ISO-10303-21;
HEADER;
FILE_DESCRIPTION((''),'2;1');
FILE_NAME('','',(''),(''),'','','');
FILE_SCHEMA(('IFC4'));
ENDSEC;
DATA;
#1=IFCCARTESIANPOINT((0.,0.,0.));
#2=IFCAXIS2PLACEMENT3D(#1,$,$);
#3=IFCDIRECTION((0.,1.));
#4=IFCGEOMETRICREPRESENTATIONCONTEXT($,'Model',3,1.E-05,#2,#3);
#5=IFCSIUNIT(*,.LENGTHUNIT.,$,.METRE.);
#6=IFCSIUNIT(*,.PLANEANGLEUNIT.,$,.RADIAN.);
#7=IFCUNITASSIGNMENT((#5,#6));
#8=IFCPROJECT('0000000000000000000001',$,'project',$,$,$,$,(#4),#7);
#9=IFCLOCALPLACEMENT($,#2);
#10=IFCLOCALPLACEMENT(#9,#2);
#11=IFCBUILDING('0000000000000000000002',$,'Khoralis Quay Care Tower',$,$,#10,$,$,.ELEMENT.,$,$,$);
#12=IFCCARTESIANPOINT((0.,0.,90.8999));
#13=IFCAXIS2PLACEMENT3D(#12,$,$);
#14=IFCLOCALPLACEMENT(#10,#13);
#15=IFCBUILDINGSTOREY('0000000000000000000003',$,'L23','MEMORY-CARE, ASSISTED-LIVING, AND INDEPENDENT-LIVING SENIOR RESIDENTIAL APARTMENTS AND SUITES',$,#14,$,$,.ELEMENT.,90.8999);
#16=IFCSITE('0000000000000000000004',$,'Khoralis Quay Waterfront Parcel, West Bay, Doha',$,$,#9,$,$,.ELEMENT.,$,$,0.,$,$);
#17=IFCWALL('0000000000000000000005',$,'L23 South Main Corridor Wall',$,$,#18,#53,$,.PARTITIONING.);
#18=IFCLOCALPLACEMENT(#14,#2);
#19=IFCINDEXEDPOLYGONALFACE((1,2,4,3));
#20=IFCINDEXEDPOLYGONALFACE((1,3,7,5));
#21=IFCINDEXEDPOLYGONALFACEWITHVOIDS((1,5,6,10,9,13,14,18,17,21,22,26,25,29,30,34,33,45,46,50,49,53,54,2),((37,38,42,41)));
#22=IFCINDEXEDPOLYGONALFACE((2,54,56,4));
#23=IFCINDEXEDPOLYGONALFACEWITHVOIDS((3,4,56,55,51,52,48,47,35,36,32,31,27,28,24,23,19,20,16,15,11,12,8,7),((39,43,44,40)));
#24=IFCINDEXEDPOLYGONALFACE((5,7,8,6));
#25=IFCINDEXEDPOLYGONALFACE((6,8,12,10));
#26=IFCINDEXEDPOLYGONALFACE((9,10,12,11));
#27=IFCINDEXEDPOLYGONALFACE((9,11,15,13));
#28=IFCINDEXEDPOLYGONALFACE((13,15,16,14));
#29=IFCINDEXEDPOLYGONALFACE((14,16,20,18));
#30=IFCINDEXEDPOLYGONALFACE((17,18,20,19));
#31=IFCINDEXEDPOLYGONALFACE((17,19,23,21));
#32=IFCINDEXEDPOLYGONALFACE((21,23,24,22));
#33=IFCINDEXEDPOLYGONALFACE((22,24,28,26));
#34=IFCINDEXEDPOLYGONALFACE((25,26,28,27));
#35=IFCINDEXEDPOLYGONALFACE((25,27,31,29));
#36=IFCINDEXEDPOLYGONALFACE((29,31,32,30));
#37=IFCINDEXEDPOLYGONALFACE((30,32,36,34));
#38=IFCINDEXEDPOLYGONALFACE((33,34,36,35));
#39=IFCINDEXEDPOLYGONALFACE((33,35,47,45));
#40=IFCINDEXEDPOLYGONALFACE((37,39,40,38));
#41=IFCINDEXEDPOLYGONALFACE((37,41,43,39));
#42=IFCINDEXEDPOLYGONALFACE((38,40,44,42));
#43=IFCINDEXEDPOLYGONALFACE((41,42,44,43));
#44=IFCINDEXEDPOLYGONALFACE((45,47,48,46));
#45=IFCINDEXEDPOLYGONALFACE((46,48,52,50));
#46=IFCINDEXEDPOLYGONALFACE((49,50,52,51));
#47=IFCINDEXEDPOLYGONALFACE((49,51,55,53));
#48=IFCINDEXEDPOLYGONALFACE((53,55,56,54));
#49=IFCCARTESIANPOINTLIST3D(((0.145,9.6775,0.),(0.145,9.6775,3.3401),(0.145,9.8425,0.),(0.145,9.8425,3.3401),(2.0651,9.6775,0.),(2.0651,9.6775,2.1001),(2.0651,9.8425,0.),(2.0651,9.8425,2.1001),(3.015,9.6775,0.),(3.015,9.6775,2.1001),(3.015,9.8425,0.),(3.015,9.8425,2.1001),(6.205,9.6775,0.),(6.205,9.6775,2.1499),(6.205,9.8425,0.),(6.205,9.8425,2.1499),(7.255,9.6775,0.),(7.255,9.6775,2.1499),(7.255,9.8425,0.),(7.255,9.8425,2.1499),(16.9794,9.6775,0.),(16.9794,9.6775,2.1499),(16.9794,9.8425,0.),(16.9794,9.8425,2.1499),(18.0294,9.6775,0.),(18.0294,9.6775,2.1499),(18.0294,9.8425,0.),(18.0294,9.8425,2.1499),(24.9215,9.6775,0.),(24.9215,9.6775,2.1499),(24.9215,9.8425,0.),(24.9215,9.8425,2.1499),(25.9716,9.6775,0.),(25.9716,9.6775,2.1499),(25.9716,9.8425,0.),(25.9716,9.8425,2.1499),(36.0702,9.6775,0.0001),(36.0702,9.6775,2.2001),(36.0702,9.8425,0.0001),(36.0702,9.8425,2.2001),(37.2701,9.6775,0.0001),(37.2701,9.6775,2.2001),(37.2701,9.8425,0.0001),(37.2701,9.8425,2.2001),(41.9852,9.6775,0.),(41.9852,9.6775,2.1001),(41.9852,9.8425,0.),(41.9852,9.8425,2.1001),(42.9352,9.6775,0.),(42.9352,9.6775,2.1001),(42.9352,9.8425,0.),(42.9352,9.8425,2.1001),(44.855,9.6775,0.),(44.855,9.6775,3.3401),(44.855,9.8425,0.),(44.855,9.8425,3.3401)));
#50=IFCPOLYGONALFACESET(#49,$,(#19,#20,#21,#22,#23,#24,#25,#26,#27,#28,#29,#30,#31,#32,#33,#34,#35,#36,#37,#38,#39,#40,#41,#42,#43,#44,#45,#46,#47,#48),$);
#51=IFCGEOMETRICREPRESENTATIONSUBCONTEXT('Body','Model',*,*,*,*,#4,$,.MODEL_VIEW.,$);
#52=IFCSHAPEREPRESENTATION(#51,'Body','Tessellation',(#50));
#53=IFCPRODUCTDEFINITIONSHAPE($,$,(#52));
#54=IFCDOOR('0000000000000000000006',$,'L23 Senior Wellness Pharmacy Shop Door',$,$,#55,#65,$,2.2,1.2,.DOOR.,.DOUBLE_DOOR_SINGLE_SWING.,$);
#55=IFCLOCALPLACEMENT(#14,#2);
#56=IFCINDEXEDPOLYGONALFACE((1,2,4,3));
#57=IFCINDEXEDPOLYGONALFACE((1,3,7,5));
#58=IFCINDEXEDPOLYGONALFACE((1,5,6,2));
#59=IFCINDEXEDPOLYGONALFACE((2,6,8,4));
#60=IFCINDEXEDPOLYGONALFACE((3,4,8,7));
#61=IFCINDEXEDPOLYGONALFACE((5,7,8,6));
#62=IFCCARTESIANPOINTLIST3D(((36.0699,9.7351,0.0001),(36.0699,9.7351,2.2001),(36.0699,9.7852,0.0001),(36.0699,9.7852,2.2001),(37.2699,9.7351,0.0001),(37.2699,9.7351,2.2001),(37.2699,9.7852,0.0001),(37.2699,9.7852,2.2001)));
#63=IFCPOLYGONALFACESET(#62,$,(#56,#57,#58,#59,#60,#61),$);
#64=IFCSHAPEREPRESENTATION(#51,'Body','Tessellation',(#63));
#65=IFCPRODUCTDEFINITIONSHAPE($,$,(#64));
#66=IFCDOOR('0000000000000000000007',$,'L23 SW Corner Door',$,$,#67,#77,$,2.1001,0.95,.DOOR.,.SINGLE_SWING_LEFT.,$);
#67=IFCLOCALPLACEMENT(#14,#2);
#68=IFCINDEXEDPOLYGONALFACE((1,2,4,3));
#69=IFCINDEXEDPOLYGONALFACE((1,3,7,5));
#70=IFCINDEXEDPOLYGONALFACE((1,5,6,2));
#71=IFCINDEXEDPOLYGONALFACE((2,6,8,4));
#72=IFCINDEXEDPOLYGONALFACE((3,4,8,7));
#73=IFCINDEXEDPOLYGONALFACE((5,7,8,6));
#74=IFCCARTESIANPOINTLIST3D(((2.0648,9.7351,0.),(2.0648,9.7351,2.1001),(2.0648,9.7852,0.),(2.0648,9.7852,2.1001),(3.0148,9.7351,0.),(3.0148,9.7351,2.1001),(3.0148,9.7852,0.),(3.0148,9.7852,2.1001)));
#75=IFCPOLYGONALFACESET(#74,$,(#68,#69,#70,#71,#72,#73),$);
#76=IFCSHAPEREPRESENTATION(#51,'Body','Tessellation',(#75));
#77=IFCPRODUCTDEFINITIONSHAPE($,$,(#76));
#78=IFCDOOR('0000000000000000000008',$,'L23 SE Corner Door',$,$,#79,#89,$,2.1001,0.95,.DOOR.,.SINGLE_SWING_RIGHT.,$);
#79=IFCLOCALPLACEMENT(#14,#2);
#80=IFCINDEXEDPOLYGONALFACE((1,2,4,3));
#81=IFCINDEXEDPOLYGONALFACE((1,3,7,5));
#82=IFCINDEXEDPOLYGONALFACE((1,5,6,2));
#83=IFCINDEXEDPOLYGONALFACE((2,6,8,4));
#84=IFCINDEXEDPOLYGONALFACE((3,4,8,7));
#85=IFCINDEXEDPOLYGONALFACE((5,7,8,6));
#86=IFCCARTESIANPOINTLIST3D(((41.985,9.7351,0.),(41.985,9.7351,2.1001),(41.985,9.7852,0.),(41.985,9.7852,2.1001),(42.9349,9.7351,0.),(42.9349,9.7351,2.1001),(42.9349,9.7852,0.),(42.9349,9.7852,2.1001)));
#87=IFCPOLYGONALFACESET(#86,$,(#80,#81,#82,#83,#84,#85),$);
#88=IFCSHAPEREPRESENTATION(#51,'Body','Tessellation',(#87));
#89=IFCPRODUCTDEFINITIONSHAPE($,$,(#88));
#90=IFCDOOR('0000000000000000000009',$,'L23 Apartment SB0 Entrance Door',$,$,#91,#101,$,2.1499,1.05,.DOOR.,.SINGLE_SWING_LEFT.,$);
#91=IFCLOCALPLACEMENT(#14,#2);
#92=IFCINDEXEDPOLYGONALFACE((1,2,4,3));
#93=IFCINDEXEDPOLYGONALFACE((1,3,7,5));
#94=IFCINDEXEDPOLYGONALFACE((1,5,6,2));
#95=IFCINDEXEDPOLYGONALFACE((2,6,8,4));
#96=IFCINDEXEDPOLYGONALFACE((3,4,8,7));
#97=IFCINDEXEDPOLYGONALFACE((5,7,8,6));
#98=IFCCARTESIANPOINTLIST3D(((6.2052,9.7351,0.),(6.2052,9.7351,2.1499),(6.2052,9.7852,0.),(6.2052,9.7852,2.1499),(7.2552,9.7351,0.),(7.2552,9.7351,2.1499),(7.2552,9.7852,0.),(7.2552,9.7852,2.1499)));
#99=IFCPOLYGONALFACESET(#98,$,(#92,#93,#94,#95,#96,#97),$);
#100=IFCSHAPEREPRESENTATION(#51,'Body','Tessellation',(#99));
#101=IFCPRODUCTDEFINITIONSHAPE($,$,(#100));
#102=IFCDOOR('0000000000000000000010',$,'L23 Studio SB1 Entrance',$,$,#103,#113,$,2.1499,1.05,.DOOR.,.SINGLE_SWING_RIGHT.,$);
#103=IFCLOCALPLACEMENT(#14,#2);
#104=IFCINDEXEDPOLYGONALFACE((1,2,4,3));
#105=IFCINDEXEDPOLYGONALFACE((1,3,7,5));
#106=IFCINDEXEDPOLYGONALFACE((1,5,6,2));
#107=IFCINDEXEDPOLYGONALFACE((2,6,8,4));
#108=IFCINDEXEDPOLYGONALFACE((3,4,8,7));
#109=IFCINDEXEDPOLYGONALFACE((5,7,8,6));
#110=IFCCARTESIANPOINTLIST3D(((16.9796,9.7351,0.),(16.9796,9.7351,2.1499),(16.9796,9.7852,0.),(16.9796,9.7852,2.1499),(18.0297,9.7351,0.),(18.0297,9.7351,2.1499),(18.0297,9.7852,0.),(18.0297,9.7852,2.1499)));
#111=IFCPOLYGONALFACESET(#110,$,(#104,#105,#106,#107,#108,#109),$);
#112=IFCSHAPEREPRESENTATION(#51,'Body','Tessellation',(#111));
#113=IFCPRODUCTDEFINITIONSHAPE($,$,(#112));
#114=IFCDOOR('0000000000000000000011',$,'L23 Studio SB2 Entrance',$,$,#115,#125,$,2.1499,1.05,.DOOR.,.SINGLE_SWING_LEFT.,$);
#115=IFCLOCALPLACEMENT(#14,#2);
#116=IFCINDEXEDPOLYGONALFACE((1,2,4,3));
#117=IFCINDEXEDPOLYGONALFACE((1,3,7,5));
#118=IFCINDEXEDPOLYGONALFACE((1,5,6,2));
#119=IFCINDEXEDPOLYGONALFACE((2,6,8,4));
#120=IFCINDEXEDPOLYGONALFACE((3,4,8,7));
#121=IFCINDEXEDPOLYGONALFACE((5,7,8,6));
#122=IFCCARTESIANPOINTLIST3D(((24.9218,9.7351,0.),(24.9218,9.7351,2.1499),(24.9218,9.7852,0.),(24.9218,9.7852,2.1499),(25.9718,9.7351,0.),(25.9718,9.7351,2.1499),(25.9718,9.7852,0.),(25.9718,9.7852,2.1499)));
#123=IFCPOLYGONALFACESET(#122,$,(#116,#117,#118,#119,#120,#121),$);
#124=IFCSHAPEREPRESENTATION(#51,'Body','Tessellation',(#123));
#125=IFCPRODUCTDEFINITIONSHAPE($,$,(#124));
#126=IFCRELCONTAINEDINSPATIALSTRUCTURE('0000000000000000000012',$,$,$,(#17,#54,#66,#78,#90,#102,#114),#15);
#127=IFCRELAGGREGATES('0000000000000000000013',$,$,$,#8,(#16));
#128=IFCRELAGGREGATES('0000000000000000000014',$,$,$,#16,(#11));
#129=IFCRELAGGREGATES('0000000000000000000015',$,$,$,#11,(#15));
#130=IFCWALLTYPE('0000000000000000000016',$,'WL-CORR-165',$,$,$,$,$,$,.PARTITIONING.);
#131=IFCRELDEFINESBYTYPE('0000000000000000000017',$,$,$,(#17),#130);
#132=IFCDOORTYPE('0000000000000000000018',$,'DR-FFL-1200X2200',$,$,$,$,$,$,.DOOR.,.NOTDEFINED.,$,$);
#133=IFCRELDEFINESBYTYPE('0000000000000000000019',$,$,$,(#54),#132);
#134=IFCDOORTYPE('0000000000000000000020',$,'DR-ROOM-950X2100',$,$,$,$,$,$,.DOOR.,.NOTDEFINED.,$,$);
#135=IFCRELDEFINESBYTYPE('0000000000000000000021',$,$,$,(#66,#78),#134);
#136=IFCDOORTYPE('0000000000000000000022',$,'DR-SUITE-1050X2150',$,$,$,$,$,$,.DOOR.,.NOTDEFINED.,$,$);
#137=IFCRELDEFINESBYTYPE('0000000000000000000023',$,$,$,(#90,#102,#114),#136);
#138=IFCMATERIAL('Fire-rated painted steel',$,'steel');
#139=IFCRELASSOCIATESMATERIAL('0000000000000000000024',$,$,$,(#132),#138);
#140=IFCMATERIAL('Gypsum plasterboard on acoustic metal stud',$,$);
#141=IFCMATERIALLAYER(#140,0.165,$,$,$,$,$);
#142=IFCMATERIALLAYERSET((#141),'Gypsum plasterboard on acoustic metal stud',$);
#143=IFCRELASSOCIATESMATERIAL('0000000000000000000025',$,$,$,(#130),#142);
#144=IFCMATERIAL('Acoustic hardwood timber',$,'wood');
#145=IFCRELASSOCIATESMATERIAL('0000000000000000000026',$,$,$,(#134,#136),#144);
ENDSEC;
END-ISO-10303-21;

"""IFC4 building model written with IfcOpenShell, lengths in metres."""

from ifc_helpers import new_model, si_unit, direction, frame, frame_2d, origin, place, context, subcontext, project, spatial, rectangle, extrude, source, transform, mapped, material, layer, layer_set, type_object, element, fill, save


model = new_model("IFC4")

# Units and contexts
model_context = context("Model", 3, precision=1e-05, world=origin(), true_north=direction((0.0, 1.0)))
body_context = subcontext(model_context, "Body", "Model", "MODEL_VIEW")
ifc_project = project(units=[si_unit("LENGTHUNIT", "METRE"), si_unit("PLANEANGLEUNIT", "RADIAN")], contexts=[model_context])

# Site, building, storey
site_placement = place(None, origin())
site = spatial("IfcSite", under=ifc_project, at=site_placement, Name="Khoralis Quay Waterfront Parcel, West Bay, Doha", CompositionType="ELEMENT", RefElevation=0.0)
building_placement = place(site_placement, origin())
building = spatial("IfcBuilding", under=site, at=building_placement, Name="Khoralis Quay Care Tower", CompositionType="ELEMENT")
storey_placement = place(building_placement, frame((0.0, 0.0, 90.8999)))
storey = spatial("IfcBuildingStorey", under=building, at=storey_placement, Name="L23", Description="MEMORY-CARE, ASSISTED-LIVING, AND INDEPENDENT-LIVING SENIOR RESIDENTIAL APARTMENTS AND SUITES", CompositionType="ELEMENT", Elevation=90.8999)

# Shared definitions
ifc_material_1 = material(Name="Gypsum plasterboard on acoustic metal stud")
ifc_material_2 = material(Name="Fire-rated painted steel", Category="steel")
door_type_1 = type_object("IfcDoorType", Name="DR-FFL-1200X2200", OperationType="NOTDEFINED", PredefinedType="DOOR", material=ifc_material_2)
shared_shape_1 = source(origin(), body_context, "Body", "SweptSolid", [
    extrude(rectangle(XDim=1.2, YDim=2.2, at=frame_2d((0.6001, 1.1001))), frame((0.0, 0.0249, 0.0), z_axis=(0.0, -1.0, 0.0), x_axis=(1.0, 0.0, 0.0)), (0.0, 0.0, 1.0), 0.05),
])

# Wall, openings, doors
ifc_layer_1 = layer(ifc_material_1, 0.165)
ifc_layer_set_1 = layer_set([ifc_layer_1], Name="Gypsum plasterboard on acoustic metal stud")
wall_type_1 = type_object("IfcWallType", Name="WL-CORR-165", PredefinedType="PARTITIONING", material=ifc_layer_set_1)
ifc_material_3 = material(Name="Acoustic hardwood timber", Category="wood")
door_type_2 = type_object("IfcDoorType", Name="DR-ROOM-950X2100", OperationType="NOTDEFINED", PredefinedType="DOOR", material=ifc_material_3)
shared_shape_2 = source(origin(), body_context, "Body", "SweptSolid", [
    extrude(rectangle(XDim=0.95, YDim=2.1001, at=frame_2d((0.4751, 1.05))), frame((0.0, 0.0249, 0.0), z_axis=(0.0, -1.0, 0.0), x_axis=(1.0, 0.0, 0.0)), (0.0, 0.0, 1.0), 0.05),
])
wall_1_placement = place(storey_placement, frame((0.145, 9.76, 0.0), z_axis=(0.0, 0.0, 1.0), x_axis=(1.0, 0.0, 0.0)))
wall_1 = element("IfcWall", 1, at=wall_1_placement, inside=storey, type_object=wall_type_1, Name="L23 South Main Corridor Wall", PredefinedType="PARTITIONING", context=body_context, shape_type="SweptSolid", body=[
    extrude(rectangle(XDim=44.71, YDim=0.165, at=frame_2d((22.355, 0.0))), origin(), (0.0, 0.0, 1.0), 3.3401),
])
opening_1_placement = place(wall_1_placement, frame((6.0601, 0.0, 0.0)))
opening_1 = element("IfcOpeningElement", 2, at=opening_1_placement, cuts=wall_1, PredefinedType="OPENING", context=body_context, shape_type="SweptSolid", body=[
    extrude(rectangle(XDim=1.05, YDim=2.1499, at=frame_2d((0.5249, 1.075))), frame((0.0, 0.0925, 0.0), z_axis=(0.0, -1.0, 0.0), x_axis=(1.0, 0.0, 0.0)), (0.0, 0.0, 1.0), 0.1851),
])
opening_2_placement = place(wall_1_placement, frame((16.8345, 0.0, 0.0)))
opening_2 = element("IfcOpeningElement", 3, at=opening_2_placement, cuts=wall_1, PredefinedType="OPENING", context=body_context, shape_type="SweptSolid", body=[
    extrude(rectangle(XDim=1.05, YDim=2.1499, at=frame_2d((0.5249, 1.075))), frame((0.0, 0.0925, 0.0), z_axis=(0.0, -1.0, 0.0), x_axis=(1.0, 0.0, 0.0)), (0.0, 0.0, 1.0), 0.1851),
])
opening_3_placement = place(wall_1_placement, frame((24.7766, 0.0, 0.0)))
opening_3 = element("IfcOpeningElement", 4, at=opening_3_placement, cuts=wall_1, PredefinedType="OPENING", context=body_context, shape_type="SweptSolid", body=[
    extrude(rectangle(XDim=1.05, YDim=2.1499, at=frame_2d((0.5249, 1.075))), frame((0.0, 0.0925, 0.0), z_axis=(0.0, -1.0, 0.0), x_axis=(1.0, 0.0, 0.0)), (0.0, 0.0, 1.0), 0.1851),
])
opening_4_placement = place(wall_1_placement, frame((35.925, 0.0, 0.0)))
opening_4 = element("IfcOpeningElement", 5, at=opening_4_placement, cuts=wall_1, PredefinedType="OPENING", context=body_context, shape_type="SweptSolid", body=[
    extrude(rectangle(XDim=1.2, YDim=2.2, at=frame_2d((0.6001, 1.1001))), frame((0.0, 0.0925, 0.0), z_axis=(0.0, -1.0, 0.0), x_axis=(1.0, 0.0, 0.0)), (0.0, 0.0, 1.0), 0.1851),
])
opening_5_placement = place(wall_1_placement, frame((1.9199, 0.0, 0.0)))
opening_5 = element("IfcOpeningElement", 6, at=opening_5_placement, cuts=wall_1, PredefinedType="OPENING", context=body_context, shape_type="SweptSolid", body=[
    extrude(rectangle(XDim=0.95, YDim=2.1001, at=frame_2d((0.4751, 1.05))), frame((0.0, 0.0925, 0.0), z_axis=(0.0, -1.0, 0.0), x_axis=(1.0, 0.0, 0.0)), (0.0, 0.0, 1.0), 0.1851),
])
opening_6_placement = place(wall_1_placement, frame((41.8401, 0.0, 0.0)))
opening_6 = element("IfcOpeningElement", 7, at=opening_6_placement, cuts=wall_1, PredefinedType="OPENING", context=body_context, shape_type="SweptSolid", body=[
    extrude(rectangle(XDim=0.95, YDim=2.1001, at=frame_2d((0.4751, 1.05))), frame((0.0, 0.0925, 0.0), z_axis=(0.0, -1.0, 0.0), x_axis=(1.0, 0.0, 0.0)), (0.0, 0.0, 1.0), 0.1851),
])
door_1_placement = place(opening_4_placement, frame((1.2, 0.0, 0.0), z_axis=(0.0, 0.0, 1.0), x_axis=(-1.0, 0.0, 0.0)))
door_1 = element("IfcDoor", 8, at=door_1_placement, inside=storey, type_object=door_type_1, Name="L23 Senior Wellness Pharmacy Shop Door", OperationType="DOUBLE_DOOR_SINGLE_SWING", OverallHeight=2.2, OverallWidth=1.2, PredefinedType="DOOR", context=body_context, shape_type="MappedRepresentation", body=[
    mapped(shared_shape_1, transform((0.0, 0.0, 0.0), scale=1.0)),
])
fill(opening_4, door_1)
door_2_placement = place(opening_5_placement, frame((0.95, 0.0, 0.0), z_axis=(0.0, 0.0, 1.0), x_axis=(-1.0, 0.0, 0.0)))
door_2 = element("IfcDoor", 9, at=door_2_placement, inside=storey, type_object=door_type_2, Name="L23 SW Corner Door", OperationType="SINGLE_SWING_LEFT", OverallHeight=2.1001, OverallWidth=0.95, PredefinedType="DOOR", context=body_context, shape_type="MappedRepresentation", body=[
    mapped(shared_shape_2, transform((0.0, 0.0, 0.0), scale=1.0)),
])
fill(opening_5, door_2)
door_3_placement = place(opening_6_placement, frame((0.95, 0.0, 0.0), z_axis=(0.0, 0.0, 1.0), x_axis=(-1.0, 0.0, 0.0)))
door_3 = element("IfcDoor", 10, at=door_3_placement, inside=storey, type_object=door_type_2, Name="L23 SE Corner Door", OperationType="SINGLE_SWING_RIGHT", OverallHeight=2.1001, OverallWidth=0.95, PredefinedType="DOOR", context=body_context, shape_type="MappedRepresentation", body=[
    mapped(shared_shape_2, transform((0.0, 0.0, 0.0), scale=1.0)),
])
fill(opening_6, door_3)
door_type_3 = type_object("IfcDoorType", Name="DR-SUITE-1050X2150", OperationType="NOTDEFINED", PredefinedType="DOOR", material=ifc_material_3)
shared_shape_3 = source(origin(), body_context, "Body", "SweptSolid", [
    extrude(rectangle(XDim=1.05, YDim=2.1499, at=frame_2d((0.5249, 1.075))), frame((0.0, 0.0249, 0.0), z_axis=(0.0, -1.0, 0.0), x_axis=(1.0, 0.0, 0.0)), (0.0, 0.0, 1.0), 0.05),
])
door_4_placement = place(opening_1_placement, frame((1.05, 0.0, 0.0), z_axis=(0.0, 0.0, 1.0), x_axis=(-1.0, 0.0, 0.0)))
door_4 = element("IfcDoor", 11, at=door_4_placement, inside=storey, type_object=door_type_3, Name="L23 Apartment SB0 Entrance Door", OperationType="SINGLE_SWING_LEFT", OverallHeight=2.1499, OverallWidth=1.05, PredefinedType="DOOR", context=body_context, shape_type="MappedRepresentation", body=[
    mapped(shared_shape_3, transform((0.0, 0.0, 0.0), scale=1.0)),
])
fill(opening_1, door_4)
door_5_placement = place(opening_2_placement, frame((1.05, 0.0, 0.0), z_axis=(0.0, 0.0, 1.0), x_axis=(-1.0, 0.0, 0.0)))
door_5 = element("IfcDoor", 12, at=door_5_placement, inside=storey, type_object=door_type_3, Name="L23 Studio SB1 Entrance", OperationType="SINGLE_SWING_RIGHT", OverallHeight=2.1499, OverallWidth=1.05, PredefinedType="DOOR", context=body_context, shape_type="MappedRepresentation", body=[
    mapped(shared_shape_3, transform((0.0, 0.0, 0.0), scale=1.0)),
])
fill(opening_2, door_5)
door_6_placement = place(opening_3_placement, frame((1.05, 0.0, 0.0), z_axis=(0.0, 0.0, 1.0), x_axis=(-1.0, 0.0, 0.0)))
door_6 = element("IfcDoor", 13, at=door_6_placement, inside=storey, type_object=door_type_3, Name="L23 Studio SB2 Entrance", OperationType="SINGLE_SWING_LEFT", OverallHeight=2.1499, OverallWidth=1.05, PredefinedType="DOOR", context=body_context, shape_type="MappedRepresentation", body=[
    mapped(shared_shape_3, transform((0.0, 0.0, 0.0), scale=1.0)),
])
fill(opening_3, door_6)

save(model, "model.ifc")
